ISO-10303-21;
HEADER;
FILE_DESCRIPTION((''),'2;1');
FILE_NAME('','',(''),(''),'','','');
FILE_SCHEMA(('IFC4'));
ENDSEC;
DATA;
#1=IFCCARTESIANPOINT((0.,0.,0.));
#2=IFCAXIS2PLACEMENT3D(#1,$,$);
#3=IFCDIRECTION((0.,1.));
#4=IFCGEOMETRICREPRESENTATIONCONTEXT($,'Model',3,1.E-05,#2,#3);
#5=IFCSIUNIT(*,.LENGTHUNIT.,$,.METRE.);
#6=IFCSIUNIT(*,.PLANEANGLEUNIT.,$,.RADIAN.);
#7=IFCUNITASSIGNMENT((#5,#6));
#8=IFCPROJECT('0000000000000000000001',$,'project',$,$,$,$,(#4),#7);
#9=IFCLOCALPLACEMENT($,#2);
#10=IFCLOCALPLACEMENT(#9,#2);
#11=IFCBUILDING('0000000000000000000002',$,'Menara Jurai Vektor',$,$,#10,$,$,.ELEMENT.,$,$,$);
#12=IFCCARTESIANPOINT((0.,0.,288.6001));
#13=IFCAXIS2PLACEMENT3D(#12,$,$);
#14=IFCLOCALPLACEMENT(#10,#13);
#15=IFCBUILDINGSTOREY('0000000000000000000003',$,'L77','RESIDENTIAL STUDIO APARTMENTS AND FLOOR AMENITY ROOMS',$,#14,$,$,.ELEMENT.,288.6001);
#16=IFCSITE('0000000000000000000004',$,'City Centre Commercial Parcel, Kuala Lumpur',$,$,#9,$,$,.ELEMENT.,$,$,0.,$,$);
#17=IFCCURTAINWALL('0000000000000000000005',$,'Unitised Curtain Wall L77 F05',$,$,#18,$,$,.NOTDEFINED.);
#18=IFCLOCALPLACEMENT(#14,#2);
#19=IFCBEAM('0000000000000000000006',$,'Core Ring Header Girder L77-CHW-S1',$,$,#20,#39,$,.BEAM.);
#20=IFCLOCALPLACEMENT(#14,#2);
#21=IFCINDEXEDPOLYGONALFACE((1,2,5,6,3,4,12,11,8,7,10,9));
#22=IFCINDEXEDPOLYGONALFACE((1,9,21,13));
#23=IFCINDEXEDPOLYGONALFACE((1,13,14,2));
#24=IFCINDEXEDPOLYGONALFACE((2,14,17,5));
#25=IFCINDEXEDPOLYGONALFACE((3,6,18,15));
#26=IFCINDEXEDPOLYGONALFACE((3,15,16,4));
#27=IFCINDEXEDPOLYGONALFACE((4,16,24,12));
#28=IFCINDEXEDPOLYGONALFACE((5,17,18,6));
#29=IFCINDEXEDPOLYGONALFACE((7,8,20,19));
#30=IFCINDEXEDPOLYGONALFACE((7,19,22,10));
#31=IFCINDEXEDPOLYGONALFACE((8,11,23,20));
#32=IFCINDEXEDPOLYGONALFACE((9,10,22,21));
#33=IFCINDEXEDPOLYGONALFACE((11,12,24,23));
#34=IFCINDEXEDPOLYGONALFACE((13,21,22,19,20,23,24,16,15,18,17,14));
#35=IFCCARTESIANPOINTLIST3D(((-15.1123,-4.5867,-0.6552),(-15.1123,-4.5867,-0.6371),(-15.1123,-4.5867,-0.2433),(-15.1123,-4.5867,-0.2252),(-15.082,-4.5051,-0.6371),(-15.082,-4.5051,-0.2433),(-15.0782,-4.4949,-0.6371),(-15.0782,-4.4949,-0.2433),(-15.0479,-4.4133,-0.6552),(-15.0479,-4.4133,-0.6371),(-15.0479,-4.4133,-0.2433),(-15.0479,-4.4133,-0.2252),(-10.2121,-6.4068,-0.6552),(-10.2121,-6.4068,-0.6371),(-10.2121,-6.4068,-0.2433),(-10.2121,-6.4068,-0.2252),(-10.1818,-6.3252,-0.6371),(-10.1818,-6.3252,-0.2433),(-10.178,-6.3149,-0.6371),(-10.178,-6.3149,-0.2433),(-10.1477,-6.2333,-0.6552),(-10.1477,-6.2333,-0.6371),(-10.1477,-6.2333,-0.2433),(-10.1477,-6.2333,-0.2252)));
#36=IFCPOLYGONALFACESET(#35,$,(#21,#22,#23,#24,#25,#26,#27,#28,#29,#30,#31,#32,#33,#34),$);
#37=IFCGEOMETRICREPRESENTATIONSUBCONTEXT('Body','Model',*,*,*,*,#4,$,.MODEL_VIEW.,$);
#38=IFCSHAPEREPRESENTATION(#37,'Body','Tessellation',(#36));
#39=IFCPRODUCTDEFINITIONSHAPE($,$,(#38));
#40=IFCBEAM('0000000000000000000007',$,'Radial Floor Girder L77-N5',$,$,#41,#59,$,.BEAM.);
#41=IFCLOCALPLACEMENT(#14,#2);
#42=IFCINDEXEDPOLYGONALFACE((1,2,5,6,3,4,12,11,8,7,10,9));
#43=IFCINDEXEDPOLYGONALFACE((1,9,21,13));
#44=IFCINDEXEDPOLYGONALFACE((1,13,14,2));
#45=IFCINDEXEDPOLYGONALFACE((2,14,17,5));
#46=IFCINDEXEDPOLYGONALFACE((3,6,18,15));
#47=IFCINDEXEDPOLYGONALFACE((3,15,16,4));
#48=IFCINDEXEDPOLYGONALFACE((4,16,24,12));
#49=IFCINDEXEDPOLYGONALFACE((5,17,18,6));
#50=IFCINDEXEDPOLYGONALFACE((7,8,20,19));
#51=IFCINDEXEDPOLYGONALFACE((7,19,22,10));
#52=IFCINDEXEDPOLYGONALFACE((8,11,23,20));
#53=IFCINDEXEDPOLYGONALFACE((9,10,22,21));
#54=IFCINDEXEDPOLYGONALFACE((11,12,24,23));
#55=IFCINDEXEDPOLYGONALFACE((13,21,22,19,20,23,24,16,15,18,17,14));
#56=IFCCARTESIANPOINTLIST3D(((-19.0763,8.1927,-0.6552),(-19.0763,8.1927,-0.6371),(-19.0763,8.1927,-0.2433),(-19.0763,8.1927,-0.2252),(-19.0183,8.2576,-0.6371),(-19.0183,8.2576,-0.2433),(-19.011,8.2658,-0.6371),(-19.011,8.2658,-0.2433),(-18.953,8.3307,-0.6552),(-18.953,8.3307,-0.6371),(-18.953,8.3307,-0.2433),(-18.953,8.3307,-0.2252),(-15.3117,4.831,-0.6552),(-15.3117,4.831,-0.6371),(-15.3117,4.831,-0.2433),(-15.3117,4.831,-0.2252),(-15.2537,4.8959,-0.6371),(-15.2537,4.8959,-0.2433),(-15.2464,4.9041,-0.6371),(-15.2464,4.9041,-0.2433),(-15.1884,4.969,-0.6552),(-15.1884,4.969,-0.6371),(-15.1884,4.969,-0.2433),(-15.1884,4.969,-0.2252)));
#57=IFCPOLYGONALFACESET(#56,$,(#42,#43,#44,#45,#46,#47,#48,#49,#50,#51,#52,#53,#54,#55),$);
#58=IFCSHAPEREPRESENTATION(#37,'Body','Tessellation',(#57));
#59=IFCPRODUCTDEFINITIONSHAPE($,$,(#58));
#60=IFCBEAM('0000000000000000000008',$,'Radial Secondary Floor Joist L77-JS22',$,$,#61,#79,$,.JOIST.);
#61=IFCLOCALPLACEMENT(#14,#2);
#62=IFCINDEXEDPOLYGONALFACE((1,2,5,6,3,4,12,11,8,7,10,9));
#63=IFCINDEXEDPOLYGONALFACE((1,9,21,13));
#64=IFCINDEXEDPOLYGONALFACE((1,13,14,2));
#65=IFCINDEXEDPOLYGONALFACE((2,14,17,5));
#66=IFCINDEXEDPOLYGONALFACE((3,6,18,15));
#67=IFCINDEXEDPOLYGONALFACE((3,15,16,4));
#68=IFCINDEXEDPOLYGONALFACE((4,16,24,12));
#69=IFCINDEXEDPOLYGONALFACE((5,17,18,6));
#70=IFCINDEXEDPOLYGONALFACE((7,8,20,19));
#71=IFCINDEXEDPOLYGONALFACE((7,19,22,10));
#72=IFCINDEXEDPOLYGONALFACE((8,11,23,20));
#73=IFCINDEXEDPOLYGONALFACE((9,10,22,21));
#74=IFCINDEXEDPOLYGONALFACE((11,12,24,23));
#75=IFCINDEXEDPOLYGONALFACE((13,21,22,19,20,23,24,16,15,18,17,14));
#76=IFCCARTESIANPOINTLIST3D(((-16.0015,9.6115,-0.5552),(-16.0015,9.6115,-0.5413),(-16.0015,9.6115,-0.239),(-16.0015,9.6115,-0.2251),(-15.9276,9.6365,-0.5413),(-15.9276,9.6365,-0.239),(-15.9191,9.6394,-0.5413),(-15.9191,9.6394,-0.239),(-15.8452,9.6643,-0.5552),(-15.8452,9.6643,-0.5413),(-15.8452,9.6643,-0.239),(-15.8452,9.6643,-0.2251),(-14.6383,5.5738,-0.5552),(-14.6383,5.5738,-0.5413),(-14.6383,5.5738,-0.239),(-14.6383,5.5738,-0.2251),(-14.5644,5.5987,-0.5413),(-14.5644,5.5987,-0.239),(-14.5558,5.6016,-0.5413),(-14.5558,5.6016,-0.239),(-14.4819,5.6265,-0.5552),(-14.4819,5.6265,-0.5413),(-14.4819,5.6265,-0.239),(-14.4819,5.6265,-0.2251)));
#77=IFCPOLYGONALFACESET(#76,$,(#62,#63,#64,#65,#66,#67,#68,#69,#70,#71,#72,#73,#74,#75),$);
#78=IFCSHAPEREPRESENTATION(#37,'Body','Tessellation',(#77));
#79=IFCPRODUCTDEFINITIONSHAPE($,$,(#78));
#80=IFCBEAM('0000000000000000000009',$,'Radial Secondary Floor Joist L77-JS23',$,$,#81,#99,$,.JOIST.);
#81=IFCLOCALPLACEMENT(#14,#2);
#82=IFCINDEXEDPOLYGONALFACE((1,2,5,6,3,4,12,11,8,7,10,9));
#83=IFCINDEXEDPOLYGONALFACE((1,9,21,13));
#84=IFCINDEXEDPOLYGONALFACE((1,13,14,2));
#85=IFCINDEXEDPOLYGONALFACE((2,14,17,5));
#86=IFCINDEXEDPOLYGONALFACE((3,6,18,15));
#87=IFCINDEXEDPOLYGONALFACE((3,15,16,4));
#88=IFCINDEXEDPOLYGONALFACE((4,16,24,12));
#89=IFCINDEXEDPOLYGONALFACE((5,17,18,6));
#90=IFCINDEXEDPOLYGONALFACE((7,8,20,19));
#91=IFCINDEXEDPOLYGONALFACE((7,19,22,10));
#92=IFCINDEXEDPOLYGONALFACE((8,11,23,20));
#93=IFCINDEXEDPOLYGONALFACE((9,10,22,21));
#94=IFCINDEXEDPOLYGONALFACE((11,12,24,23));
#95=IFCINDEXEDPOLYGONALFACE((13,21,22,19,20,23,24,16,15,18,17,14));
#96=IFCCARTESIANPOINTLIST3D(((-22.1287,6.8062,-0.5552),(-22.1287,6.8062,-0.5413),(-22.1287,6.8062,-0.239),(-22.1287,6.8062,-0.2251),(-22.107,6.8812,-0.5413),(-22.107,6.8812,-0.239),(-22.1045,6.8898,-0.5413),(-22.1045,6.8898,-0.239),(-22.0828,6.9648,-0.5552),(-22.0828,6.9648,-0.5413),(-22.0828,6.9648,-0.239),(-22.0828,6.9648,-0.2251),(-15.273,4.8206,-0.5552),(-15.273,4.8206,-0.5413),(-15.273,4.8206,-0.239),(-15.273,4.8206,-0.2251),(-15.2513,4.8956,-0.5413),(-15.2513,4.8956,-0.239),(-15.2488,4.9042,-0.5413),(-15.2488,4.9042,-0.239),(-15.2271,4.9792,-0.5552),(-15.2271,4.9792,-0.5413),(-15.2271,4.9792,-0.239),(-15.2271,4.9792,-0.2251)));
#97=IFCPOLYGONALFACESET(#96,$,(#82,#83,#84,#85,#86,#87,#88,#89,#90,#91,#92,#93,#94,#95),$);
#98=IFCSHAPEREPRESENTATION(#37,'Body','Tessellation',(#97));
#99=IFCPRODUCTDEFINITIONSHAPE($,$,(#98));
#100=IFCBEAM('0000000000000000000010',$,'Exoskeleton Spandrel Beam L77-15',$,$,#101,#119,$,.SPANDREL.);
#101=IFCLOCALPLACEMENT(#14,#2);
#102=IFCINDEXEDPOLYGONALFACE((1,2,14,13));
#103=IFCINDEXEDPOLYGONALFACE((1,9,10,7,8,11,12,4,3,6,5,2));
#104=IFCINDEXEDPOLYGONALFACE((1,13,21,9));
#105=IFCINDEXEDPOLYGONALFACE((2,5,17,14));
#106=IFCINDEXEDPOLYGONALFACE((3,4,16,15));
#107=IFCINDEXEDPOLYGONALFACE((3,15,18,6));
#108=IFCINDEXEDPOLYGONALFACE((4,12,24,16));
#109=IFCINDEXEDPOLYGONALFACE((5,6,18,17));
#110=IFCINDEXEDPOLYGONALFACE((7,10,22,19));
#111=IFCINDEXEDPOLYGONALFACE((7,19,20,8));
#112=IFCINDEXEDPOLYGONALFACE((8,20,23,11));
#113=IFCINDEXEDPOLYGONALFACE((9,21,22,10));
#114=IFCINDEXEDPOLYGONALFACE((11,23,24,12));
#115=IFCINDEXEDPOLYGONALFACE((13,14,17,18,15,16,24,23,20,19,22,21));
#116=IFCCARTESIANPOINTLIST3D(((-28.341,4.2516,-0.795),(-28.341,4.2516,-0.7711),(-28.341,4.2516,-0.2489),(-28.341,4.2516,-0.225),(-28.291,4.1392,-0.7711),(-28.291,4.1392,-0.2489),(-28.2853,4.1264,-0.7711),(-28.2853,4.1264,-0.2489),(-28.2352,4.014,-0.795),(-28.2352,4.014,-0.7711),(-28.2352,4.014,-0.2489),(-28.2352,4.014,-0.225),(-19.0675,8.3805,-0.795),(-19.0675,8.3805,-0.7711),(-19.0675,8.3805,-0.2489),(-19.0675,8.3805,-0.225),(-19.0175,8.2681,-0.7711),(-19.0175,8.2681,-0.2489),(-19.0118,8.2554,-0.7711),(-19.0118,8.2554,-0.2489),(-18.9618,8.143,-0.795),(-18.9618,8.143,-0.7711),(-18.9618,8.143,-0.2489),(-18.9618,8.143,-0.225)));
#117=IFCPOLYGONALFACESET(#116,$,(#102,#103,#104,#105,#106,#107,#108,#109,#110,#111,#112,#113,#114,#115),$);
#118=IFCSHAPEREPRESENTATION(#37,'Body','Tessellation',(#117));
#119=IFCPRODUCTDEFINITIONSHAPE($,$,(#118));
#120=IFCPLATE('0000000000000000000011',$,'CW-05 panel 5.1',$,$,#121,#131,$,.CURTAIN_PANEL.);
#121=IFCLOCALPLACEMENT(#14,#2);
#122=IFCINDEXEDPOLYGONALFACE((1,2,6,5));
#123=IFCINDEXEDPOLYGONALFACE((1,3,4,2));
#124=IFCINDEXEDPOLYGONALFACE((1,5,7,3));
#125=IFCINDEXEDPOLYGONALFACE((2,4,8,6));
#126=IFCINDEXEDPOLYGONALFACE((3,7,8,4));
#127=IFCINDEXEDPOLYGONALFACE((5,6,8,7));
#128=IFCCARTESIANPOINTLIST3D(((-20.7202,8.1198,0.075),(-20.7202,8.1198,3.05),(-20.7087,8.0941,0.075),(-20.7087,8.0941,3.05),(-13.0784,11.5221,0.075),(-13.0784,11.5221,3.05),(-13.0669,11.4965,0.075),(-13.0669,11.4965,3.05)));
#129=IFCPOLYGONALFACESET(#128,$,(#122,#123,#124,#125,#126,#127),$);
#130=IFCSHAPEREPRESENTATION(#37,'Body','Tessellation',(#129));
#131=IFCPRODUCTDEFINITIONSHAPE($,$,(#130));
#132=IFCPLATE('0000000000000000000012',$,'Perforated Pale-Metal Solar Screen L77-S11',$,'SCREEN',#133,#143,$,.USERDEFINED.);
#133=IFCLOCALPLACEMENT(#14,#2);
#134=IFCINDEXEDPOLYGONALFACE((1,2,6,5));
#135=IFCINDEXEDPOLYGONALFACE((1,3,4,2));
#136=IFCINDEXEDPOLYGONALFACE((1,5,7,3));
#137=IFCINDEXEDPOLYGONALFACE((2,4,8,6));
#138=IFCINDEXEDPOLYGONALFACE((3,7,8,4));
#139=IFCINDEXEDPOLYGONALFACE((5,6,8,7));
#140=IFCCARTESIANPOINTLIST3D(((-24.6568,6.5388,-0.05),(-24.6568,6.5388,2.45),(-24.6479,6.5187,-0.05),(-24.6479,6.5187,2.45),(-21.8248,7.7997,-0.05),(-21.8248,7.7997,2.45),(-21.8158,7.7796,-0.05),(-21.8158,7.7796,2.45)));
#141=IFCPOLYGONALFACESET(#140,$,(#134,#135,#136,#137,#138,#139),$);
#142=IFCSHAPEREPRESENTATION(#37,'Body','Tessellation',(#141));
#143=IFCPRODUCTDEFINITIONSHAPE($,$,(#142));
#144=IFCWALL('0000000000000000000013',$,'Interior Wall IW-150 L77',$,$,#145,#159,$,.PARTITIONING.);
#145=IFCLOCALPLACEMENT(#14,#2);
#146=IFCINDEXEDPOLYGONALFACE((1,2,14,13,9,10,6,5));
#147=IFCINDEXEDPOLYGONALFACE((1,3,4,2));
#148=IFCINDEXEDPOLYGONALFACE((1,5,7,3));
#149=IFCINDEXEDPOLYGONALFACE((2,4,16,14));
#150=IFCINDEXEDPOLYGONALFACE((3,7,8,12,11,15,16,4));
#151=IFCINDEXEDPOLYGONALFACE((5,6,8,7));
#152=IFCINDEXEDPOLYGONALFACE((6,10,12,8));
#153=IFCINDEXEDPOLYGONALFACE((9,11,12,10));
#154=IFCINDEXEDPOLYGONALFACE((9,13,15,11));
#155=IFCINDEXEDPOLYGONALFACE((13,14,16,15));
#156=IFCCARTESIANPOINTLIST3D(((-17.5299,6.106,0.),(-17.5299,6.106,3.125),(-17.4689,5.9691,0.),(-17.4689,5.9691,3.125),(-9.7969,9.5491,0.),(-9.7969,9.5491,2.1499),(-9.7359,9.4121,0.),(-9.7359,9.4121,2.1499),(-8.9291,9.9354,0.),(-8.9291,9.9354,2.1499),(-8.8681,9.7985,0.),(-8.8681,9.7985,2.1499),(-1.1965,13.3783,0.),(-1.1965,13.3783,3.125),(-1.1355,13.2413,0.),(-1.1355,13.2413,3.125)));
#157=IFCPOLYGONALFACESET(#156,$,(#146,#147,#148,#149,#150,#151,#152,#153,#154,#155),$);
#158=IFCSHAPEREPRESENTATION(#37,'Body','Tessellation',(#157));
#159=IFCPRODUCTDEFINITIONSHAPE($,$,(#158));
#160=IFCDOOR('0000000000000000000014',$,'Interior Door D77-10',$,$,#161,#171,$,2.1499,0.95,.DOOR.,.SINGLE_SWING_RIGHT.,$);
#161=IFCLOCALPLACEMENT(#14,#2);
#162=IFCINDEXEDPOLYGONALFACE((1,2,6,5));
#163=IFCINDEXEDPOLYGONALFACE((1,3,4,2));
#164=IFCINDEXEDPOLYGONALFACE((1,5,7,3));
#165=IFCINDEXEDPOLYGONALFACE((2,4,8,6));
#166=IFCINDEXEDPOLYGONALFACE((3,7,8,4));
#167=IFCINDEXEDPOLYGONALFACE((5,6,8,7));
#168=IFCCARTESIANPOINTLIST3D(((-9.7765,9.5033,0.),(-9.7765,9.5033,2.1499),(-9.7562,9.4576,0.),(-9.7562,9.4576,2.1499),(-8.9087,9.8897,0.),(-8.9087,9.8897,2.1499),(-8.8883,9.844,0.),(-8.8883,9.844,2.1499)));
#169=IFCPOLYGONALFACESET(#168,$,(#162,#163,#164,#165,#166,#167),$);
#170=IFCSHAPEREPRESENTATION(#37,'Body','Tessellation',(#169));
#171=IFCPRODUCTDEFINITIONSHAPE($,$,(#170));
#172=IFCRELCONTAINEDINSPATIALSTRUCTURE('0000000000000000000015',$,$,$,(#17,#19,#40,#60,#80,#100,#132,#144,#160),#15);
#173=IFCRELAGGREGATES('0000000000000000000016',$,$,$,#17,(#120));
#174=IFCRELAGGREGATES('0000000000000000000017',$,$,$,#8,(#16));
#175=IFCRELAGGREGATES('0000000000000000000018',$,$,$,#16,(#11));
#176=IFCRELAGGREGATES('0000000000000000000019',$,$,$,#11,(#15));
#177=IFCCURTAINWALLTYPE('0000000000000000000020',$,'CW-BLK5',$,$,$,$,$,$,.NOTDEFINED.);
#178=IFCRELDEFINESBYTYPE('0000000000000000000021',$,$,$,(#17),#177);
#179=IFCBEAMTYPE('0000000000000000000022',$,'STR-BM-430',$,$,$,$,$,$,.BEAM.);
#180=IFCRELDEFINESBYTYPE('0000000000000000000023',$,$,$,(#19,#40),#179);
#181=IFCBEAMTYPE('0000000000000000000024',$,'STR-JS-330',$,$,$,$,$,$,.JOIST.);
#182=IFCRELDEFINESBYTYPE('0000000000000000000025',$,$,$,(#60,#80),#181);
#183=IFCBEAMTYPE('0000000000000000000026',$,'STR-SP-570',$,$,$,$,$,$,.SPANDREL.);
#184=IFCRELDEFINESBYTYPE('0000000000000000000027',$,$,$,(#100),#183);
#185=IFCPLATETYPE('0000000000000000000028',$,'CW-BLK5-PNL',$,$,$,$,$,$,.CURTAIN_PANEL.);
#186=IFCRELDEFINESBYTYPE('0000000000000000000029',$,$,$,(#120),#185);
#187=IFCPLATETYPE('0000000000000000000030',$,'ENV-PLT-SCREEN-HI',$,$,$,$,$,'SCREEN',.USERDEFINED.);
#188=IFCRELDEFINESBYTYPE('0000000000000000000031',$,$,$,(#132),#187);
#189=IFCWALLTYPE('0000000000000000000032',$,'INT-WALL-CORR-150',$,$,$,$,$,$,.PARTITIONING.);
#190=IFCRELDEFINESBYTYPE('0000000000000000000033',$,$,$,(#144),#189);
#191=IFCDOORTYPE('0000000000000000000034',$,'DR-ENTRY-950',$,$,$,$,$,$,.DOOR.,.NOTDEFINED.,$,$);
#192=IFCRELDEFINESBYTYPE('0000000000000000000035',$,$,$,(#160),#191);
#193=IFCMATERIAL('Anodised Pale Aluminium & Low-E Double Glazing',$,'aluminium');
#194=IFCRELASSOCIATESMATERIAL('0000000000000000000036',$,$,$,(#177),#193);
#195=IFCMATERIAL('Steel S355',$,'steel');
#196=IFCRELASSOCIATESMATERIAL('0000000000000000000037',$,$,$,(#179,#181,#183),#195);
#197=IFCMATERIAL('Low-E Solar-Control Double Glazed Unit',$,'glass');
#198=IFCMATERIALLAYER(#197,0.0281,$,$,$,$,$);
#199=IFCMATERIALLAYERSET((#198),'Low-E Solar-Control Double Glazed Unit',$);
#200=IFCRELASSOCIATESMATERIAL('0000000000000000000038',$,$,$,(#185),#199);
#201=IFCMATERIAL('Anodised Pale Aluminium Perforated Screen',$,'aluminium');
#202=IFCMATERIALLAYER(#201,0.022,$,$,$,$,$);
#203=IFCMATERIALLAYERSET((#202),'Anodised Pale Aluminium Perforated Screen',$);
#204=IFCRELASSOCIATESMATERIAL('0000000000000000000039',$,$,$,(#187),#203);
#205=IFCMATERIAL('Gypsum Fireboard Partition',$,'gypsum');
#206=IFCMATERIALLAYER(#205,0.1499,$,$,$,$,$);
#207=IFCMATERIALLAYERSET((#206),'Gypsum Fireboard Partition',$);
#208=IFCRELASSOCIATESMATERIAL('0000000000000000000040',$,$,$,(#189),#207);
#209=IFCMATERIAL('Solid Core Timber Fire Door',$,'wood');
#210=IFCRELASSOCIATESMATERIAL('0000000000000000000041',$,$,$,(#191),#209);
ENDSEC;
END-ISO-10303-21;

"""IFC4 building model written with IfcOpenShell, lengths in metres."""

from ifc_helpers import new_model, si_unit, direction, frame, frame_2d, origin, origin_2d, place, context, subcontext, project, spatial, rectangle, i_section, extrude, material, layer, layer_set, material_profile, profile_set, type_object, element, fill, aggregate, save


model = new_model("IFC4")

# Units and contexts
model_context = context("Model", 3, precision=1e-05, world=origin(), true_north=direction((0.0, 1.0)))
body_context = subcontext(model_context, "Body", "Model", "MODEL_VIEW")
ifc_project = project(units=[si_unit("LENGTHUNIT", "METRE"), si_unit("PLANEANGLEUNIT", "RADIAN")], contexts=[model_context])

# Site, building, storey
site_placement = place(None, origin())
site = spatial("IfcSite", under=ifc_project, at=site_placement, Name="City Centre Commercial Parcel, Kuala Lumpur", CompositionType="ELEMENT", RefElevation=0.0)
building_placement = place(site_placement, origin())
building = spatial("IfcBuilding", under=site, at=building_placement, Name="Menara Jurai Vektor", CompositionType="ELEMENT")
storey_placement = place(building_placement, frame((0.0, 0.0, 288.6001)))
storey = spatial("IfcBuildingStorey", under=building, at=storey_placement, Name="L77", Description="RESIDENTIAL STUDIO APARTMENTS AND FLOOR AMENITY ROOMS", CompositionType="ELEMENT", Elevation=288.6001)

# Curtain wall
ifc_material_1 = material(Name="Anodised Pale Aluminium & Low-E Double Glazing", Category="aluminium")
curtain_wall_type = type_object("IfcCurtainWallType", Name="CW-BLK5", PredefinedType="NOTDEFINED", material=ifc_material_1)
curtain_wall_placement = place(storey_placement, origin())
curtain_wall = element("IfcCurtainWall", 1, at=curtain_wall_placement, inside=storey, type_object=curtain_wall_type, Name="Unitised Curtain Wall L77 F05", PredefinedType="NOTDEFINED")

# Beams
ifc_material_2 = material(Name="Steel S355", Category="steel")
ifc_material_profile_1 = material_profile(ifc_material_2, i_section(OverallWidth=0.1851, OverallDepth=0.4299, WebThickness=0.011, FlangeThickness=0.0181, at=origin_2d()), Name="PG 430x185x76")
ifc_profile_set_1 = profile_set([ifc_material_profile_1], Name="Steel S355")
beam_type_1 = type_object("IfcBeamType", Name="STR-BM-430", PredefinedType="BEAM", material=ifc_profile_set_1)
beam_1_placement = place(storey_placement, frame((-15.0801, -4.5, -0.4402), z_axis=(0.937424, -0.348189, 0.0), x_axis=(0.348189, 0.937424, 0.0)))
element("IfcBeam", 2, at=beam_1_placement, inside=storey, type_object=beam_type_1, Name="Core Ring Header Girder L77-CHW-S1", PredefinedType="BEAM", context=body_context, shape_type="SweptSolid", body=[
    extrude(i_section(OverallWidth=0.1851, OverallDepth=0.4299, WebThickness=0.011, FlangeThickness=0.0181, at=origin_2d()), origin(), (0.0, 0.0, 1.0), 5.2273),
])
beam_2_placement = place(storey_placement, frame((-19.0146, 8.2617, -0.4402), z_axis=(0.745886, -0.666073, 0.0), x_axis=(0.666073, 0.745886, 0.0)))
element("IfcBeam", 3, at=beam_2_placement, inside=storey, type_object=beam_type_1, Name="Radial Floor Girder L77-N5", PredefinedType="BEAM", context=body_context, shape_type="SweptSolid", body=[
    extrude(i_section(OverallWidth=0.1851, OverallDepth=0.4299, WebThickness=0.011, FlangeThickness=0.0181, at=origin_2d()), origin(), (0.0, 0.0, 1.0), 5.0471),
])
ifc_material_profile_2 = material_profile(ifc_material_2, i_section(OverallWidth=0.165, OverallDepth=0.3301, WebThickness=0.009, FlangeThickness=0.0139, at=origin_2d()), Name="PG 330x165x46")
ifc_profile_set_2 = profile_set([ifc_material_profile_2], Name="Steel S355")
beam_type_2 = type_object("IfcBeamType", Name="STR-JS-330", PredefinedType="JOIST", material=ifc_profile_set_2)
beam_3_placement = place(storey_placement, frame((-15.9233, 9.6379, -0.3901), z_axis=(0.319886, -0.947456, 0.0), x_axis=(0.947456, 0.319886, 0.0)))
element("IfcBeam", 4, at=beam_3_placement, inside=storey, type_object=beam_type_2, Name="Radial Secondary Floor Joist L77-JS22", PredefinedType="JOIST", context=body_context, shape_type="SweptSolid", body=[
    extrude(i_section(OverallWidth=0.165, OverallDepth=0.3301, WebThickness=0.009, FlangeThickness=0.0139, at=origin_2d()), origin(), (0.0, 0.0, 1.0), 4.2617),
])
beam_4_placement = place(storey_placement, frame((-22.1057, 6.8855, -0.3901), z_axis=(0.960525, -0.278193, 0.0), x_axis=(0.278193, 0.960525, 0.0)))
element("IfcBeam", 5, at=beam_4_placement, inside=storey, type_object=beam_type_2, Name="Radial Secondary Floor Joist L77-JS23", PredefinedType="JOIST", context=body_context, shape_type="SweptSolid", body=[
    extrude(i_section(OverallWidth=0.165, OverallDepth=0.3301, WebThickness=0.009, FlangeThickness=0.0139, at=origin_2d()), origin(), (0.0, 0.0, 1.0), 7.1375),
])
ifc_material_profile_3 = material_profile(ifc_material_2, i_section(OverallWidth=0.26, OverallDepth=0.5701, WebThickness=0.0139, FlangeThickness=0.0239, at=origin_2d()), Name="PG 570x260x145")
ifc_profile_set_3 = profile_set([ifc_material_profile_3], Name="Steel S355")
beam_type_3 = type_object("IfcBeamType", Name="STR-SP-570", PredefinedType="SPANDREL", material=ifc_profile_set_3)
beam_5_placement = place(storey_placement, frame((-19.0146, 8.2617, -0.51), z_axis=(-0.913542, -0.406745, 0.0), x_axis=(0.406745, -0.913542, 0.0)))
element("IfcBeam", 6, at=beam_5_placement, inside=storey, type_object=beam_type_3, Name="Exoskeleton Spandrel Beam L77-15", PredefinedType="SPANDREL", context=body_context, shape_type="SweptSolid", body=[
    extrude(i_section(OverallWidth=0.26, OverallDepth=0.5701, WebThickness=0.0139, FlangeThickness=0.0239, at=origin_2d()), origin(), (0.0, 0.0, 1.0), 10.1511),
])

# Plates
ifc_material_3 = material(Name="Low-E Solar-Control Double Glazed Unit", Category="glass")
ifc_layer_1 = layer(ifc_material_3, 0.0281)
ifc_layer_set_1 = layer_set([ifc_layer_1], Name="Low-E Solar-Control Double Glazed Unit")
plate_type_1 = type_object("IfcPlateType", Name="CW-BLK5-PNL", PredefinedType="CURTAIN_PANEL", material=ifc_layer_set_1)
plate_1_placement = place(storey_placement, frame((-16.8936, 9.8081, 0.075), z_axis=(0.0, 0.0, 1.0), x_axis=(-0.913546, -0.406735, 0.0)))
plate_1 = element("IfcPlate", 7, at=plate_1_placement, type_object=plate_type_1, Name="CW-05 panel 5.1", PredefinedType="CURTAIN_PANEL", context=body_context, shape_type="SweptSolid", body=[
    extrude(rectangle(XDim=8.365, YDim=0.0281, at=origin_2d()), origin(), (0.0, 0.0, 1.0), 2.9751),
])
aggregate(curtain_wall, [plate_1])
ifc_material_4 = material(Name="Anodised Pale Aluminium Perforated Screen", Category="aluminium")
ifc_layer_2 = layer(ifc_material_4, 0.022)
ifc_layer_set_2 = layer_set([ifc_layer_2], Name="Anodised Pale Aluminium Perforated Screen")
plate_type_2 = type_object("IfcPlateType", Name="ENV-PLT-SCREEN-HI", ElementType="SCREEN", PredefinedType="USERDEFINED", material=ifc_layer_set_2)
plate_2_placement = place(storey_placement, frame((-23.2363, 7.1592, -0.05), z_axis=(0.0, 0.0, 1.0), x_axis=(-0.913545, -0.406737, 0.0)))
element("IfcPlate", 8, at=plate_2_placement, inside=storey, type_object=plate_type_2, Name="Perforated Pale-Metal Solar Screen L77-S11", ObjectType="SCREEN", PredefinedType="USERDEFINED", context=body_context, shape_type="SweptSolid", body=[
    extrude(rectangle(XDim=3.1001, YDim=0.022, at=origin_2d()), origin(), (0.0, 0.0, 1.0), 2.5),
])

# Wall, opening, door
ifc_material_5 = material(Name="Gypsum Fireboard Partition", Category="gypsum")
ifc_layer_3 = layer(ifc_material_5, 0.1499)
ifc_layer_set_3 = layer_set([ifc_layer_3], Name="Gypsum Fireboard Partition")
wall_type_1 = type_object("IfcWallType", Name="INT-WALL-CORR-150", PredefinedType="PARTITIONING", material=ifc_layer_set_3)
wall_1_placement = place(storey_placement, frame((-17.4993, 6.0376, 0.0), z_axis=(0.0, 0.0, 1.0), x_axis=(0.913542, 0.406745, 0.0)))
wall_1 = element("IfcWall", 9, at=wall_1_placement, inside=storey, type_object=wall_type_1, Name="Interior Wall IW-150 L77", PredefinedType="PARTITIONING", context=body_context, shape_type="SweptSolid", body=[
    extrude(rectangle(XDim=17.8792, YDim=0.1499, at=frame_2d((8.9395, 0.0))), origin(), (0.0, 0.0, 1.0), 3.125),
])
opening_1_placement = place(wall_1_placement, frame((8.4646, 0.0, 0.0)))
opening_1 = element("IfcOpeningElement", 10, at=opening_1_placement, cuts=wall_1, PredefinedType="OPENING", context=body_context, shape_type="SweptSolid", body=[
    extrude(rectangle(XDim=0.95, YDim=2.1499, at=frame_2d((0.4751, 1.075))), frame((0.0, 0.085, 0.0), z_axis=(0.0, -1.0, 0.0), x_axis=(1.0, 0.0, 0.0)), (0.0, 0.0, 1.0), 0.1699),
])
ifc_material_6 = material(Name="Solid Core Timber Fire Door", Category="wood")
door_type_1 = type_object("IfcDoorType", Name="DR-ENTRY-950", OperationType="NOTDEFINED", PredefinedType="DOOR", material=ifc_material_6)
door_1_placement = place(opening_1_placement, origin())
door_1 = element("IfcDoor", 11, at=door_1_placement, inside=storey, type_object=door_type_1, Name="Interior Door D77-10", OperationType="SINGLE_SWING_RIGHT", OverallHeight=2.1499, OverallWidth=0.95, PredefinedType="DOOR", context=body_context, shape_type="SweptSolid", body=[
    extrude(rectangle(XDim=0.95, YDim=2.1499, at=frame_2d((0.4751, 1.075))), frame((0.0, 0.0249, 0.0), z_axis=(0.0, -1.0, 0.0), x_axis=(1.0, 0.0, 0.0)), (0.0, 0.0, 1.0), 0.05),
])
fill(opening_1, door_1)

save(model, "model.ifc")
